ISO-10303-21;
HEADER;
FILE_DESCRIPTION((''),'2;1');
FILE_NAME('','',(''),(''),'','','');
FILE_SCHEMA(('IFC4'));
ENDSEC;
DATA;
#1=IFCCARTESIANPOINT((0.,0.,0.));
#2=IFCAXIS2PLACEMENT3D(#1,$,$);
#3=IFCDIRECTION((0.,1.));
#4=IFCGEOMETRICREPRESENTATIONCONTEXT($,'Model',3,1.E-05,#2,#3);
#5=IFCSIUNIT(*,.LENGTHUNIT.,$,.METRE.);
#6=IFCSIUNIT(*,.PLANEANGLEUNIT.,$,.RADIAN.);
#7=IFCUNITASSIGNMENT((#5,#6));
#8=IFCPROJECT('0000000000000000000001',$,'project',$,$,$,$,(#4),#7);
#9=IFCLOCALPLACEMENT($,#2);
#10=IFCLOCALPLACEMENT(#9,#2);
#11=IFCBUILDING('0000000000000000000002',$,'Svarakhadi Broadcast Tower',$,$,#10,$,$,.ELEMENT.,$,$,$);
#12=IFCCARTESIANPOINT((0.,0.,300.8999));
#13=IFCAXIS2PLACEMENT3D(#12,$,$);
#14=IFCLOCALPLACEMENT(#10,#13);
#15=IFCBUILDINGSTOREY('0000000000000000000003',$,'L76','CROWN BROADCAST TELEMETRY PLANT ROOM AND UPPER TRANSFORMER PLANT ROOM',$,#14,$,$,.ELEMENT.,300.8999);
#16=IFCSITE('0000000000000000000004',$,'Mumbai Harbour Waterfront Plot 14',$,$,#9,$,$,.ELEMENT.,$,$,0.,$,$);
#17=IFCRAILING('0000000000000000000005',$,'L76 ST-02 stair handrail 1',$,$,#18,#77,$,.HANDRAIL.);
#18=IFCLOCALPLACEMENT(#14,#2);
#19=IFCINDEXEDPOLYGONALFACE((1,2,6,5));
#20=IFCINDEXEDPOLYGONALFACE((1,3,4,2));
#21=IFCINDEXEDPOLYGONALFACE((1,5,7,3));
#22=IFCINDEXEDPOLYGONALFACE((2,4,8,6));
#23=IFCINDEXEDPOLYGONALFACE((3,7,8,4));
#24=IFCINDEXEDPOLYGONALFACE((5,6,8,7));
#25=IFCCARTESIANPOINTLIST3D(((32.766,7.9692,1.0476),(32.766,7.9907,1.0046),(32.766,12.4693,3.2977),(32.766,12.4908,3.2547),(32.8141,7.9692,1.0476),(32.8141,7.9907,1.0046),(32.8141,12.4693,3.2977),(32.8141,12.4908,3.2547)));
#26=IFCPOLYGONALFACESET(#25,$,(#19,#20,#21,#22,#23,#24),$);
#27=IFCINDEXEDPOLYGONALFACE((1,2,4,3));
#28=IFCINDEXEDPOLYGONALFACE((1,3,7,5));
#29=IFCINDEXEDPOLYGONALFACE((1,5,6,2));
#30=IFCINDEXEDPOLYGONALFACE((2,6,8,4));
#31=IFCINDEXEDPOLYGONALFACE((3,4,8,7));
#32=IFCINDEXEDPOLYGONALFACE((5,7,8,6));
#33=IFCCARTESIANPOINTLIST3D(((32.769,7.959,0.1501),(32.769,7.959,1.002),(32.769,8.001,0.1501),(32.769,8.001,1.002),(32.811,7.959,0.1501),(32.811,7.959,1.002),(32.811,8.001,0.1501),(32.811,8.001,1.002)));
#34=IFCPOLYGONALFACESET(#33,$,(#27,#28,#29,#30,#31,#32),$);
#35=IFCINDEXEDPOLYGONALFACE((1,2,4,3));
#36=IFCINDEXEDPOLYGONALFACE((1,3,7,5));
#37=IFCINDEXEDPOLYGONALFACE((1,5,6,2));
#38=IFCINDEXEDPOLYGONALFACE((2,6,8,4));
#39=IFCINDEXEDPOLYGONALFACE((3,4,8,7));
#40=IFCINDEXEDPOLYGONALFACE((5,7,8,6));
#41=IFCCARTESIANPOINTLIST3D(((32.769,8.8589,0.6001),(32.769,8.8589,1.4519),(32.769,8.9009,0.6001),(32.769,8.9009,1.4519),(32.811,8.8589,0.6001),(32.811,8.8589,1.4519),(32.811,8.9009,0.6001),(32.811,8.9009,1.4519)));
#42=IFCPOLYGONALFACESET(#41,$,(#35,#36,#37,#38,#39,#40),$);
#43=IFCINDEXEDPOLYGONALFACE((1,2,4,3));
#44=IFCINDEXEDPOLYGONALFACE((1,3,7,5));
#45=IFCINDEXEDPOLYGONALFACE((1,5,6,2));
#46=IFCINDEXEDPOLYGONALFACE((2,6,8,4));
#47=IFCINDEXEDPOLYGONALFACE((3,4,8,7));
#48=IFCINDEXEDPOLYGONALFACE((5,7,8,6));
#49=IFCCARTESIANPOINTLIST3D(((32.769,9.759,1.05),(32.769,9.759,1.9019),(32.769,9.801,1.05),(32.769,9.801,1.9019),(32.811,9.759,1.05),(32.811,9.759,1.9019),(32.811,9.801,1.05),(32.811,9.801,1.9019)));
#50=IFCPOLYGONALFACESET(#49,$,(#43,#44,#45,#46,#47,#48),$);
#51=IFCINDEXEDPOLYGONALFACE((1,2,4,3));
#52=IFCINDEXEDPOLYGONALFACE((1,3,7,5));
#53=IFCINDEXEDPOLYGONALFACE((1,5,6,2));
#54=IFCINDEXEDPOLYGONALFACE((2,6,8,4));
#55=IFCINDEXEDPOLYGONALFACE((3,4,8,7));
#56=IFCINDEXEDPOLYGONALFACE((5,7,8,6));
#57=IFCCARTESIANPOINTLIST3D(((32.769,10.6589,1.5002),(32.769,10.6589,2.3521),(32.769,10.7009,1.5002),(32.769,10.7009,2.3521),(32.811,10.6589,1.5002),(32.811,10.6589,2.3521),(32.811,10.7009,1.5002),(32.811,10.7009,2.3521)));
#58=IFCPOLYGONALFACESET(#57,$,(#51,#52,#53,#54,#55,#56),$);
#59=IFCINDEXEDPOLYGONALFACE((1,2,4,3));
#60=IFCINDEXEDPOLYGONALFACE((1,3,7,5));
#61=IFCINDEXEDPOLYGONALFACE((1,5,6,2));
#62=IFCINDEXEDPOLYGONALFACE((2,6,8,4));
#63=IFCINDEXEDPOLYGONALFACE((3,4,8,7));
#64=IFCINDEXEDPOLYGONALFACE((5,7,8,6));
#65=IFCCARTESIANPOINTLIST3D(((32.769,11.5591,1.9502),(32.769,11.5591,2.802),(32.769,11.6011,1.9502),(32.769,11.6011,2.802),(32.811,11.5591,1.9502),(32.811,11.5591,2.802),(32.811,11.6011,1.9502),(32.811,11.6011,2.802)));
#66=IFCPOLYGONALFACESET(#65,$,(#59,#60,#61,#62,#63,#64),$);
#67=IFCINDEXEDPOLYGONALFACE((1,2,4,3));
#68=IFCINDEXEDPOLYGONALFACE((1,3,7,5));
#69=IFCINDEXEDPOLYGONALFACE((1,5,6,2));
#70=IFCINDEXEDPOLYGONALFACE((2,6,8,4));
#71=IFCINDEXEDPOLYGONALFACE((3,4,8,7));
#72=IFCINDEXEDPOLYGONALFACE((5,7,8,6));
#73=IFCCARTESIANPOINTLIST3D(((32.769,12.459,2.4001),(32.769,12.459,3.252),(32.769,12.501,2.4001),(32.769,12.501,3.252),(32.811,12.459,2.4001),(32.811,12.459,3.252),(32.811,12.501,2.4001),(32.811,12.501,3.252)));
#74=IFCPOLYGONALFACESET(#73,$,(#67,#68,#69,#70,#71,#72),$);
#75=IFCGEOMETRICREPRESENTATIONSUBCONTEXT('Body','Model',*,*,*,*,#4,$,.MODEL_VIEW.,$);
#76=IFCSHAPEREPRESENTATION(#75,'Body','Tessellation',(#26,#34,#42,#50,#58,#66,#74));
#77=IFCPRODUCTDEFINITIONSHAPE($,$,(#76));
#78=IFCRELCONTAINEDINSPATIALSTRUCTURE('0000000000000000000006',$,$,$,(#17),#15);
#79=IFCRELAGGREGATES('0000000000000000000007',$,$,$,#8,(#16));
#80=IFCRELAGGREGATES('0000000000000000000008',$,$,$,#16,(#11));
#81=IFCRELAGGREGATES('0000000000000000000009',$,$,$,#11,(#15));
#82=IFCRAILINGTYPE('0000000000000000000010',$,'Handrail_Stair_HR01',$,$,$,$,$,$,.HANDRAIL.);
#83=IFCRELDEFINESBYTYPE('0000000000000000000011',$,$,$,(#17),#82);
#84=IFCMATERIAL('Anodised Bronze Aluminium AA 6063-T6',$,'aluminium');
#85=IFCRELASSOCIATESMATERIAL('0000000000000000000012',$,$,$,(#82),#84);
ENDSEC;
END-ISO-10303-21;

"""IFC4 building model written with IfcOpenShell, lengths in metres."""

from ifc_helpers import new_model, si_unit, direction, frame, origin, origin_2d, place, context, subcontext, project, spatial, rectangle, extrude, material, type_object, element, save


model = new_model("IFC4")

# Units and contexts
model_context = context("Model", 3, precision=1e-05, world=origin(), true_north=direction((0.0, 1.0)))
body_context = subcontext(model_context, "Body", "Model", "MODEL_VIEW")
ifc_project = project(units=[si_unit("LENGTHUNIT", "METRE"), si_unit("PLANEANGLEUNIT", "RADIAN")], contexts=[model_context])

# Site, building, storey
site_placement = place(None, origin())
site = spatial("IfcSite", under=ifc_project, at=site_placement, Name="Mumbai Harbour Waterfront Plot 14", CompositionType="ELEMENT", RefElevation=0.0)
building_placement = place(site_placement, origin())
building = spatial("IfcBuilding", under=site, at=building_placement, Name="Svarakhadi Broadcast Tower", CompositionType="ELEMENT")
storey_placement = place(building_placement, frame((0.0, 0.0, 300.8999)))
storey = spatial("IfcBuildingStorey", under=building, at=storey_placement, Name="L76", Description="CROWN BROADCAST TELEMETRY PLANT ROOM AND UPPER TRANSFORMER PLANT ROOM", CompositionType="ELEMENT", Elevation=300.8999)

# Shared definitions
ifc_material_1 = material(Name="Anodised Bronze Aluminium AA 6063-T6", Category="aluminium")

# Railing
railing_type_1 = type_object("IfcRailingType", Name="Handrail_Stair_HR01", PredefinedType="HANDRAIL", material=ifc_material_1)
railing_1_placement = place(storey_placement, frame((32.79, 7.98, 0.1501)))
element("IfcRailing", 1, at=railing_1_placement, inside=storey, type_object=railing_type_1, Name="L76 ST-02 stair handrail 1", PredefinedType="HANDRAIL", context=body_context, shape_type="SweptSolid", body=[
    extrude(rectangle(XDim=0.0481, YDim=0.0481, at=origin_2d()), frame((0.0, 0.0, 0.876), z_axis=(0.0, 0.894427, 0.447214), x_axis=(-1.0, 0.0, 0.0)), (0.0, 0.0, 1.0), 5.0312),
    extrude(rectangle(XDim=0.042, YDim=0.042, at=origin_2d()), origin(), (0.0, 0.0, 1.0), 0.8518),
    extrude(rectangle(XDim=0.042, YDim=0.042, at=origin_2d()), frame((0.0, 0.8999, 0.45)), (0.0, 0.0, 1.0), 0.8518),
    extrude(rectangle(XDim=0.042, YDim=0.042, at=origin_2d()), frame((0.0, 1.8, 0.8999)), (0.0, 0.0, 1.0), 0.8518),
    extrude(rectangle(XDim=0.042, YDim=0.042, at=origin_2d()), frame((0.0, 2.7, 1.3501)), (0.0, 0.0, 1.0), 0.8518),
    extrude(rectangle(XDim=0.042, YDim=0.042, at=origin_2d()), frame((0.0, 3.6001, 1.8)), (0.0, 0.0, 1.0), 0.8518),
    extrude(rectangle(XDim=0.042, YDim=0.042, at=origin_2d()), frame((0.0, 4.5, 2.25)), (0.0, 0.0, 1.0), 0.8518),
])

save(model, "model.ifc")
